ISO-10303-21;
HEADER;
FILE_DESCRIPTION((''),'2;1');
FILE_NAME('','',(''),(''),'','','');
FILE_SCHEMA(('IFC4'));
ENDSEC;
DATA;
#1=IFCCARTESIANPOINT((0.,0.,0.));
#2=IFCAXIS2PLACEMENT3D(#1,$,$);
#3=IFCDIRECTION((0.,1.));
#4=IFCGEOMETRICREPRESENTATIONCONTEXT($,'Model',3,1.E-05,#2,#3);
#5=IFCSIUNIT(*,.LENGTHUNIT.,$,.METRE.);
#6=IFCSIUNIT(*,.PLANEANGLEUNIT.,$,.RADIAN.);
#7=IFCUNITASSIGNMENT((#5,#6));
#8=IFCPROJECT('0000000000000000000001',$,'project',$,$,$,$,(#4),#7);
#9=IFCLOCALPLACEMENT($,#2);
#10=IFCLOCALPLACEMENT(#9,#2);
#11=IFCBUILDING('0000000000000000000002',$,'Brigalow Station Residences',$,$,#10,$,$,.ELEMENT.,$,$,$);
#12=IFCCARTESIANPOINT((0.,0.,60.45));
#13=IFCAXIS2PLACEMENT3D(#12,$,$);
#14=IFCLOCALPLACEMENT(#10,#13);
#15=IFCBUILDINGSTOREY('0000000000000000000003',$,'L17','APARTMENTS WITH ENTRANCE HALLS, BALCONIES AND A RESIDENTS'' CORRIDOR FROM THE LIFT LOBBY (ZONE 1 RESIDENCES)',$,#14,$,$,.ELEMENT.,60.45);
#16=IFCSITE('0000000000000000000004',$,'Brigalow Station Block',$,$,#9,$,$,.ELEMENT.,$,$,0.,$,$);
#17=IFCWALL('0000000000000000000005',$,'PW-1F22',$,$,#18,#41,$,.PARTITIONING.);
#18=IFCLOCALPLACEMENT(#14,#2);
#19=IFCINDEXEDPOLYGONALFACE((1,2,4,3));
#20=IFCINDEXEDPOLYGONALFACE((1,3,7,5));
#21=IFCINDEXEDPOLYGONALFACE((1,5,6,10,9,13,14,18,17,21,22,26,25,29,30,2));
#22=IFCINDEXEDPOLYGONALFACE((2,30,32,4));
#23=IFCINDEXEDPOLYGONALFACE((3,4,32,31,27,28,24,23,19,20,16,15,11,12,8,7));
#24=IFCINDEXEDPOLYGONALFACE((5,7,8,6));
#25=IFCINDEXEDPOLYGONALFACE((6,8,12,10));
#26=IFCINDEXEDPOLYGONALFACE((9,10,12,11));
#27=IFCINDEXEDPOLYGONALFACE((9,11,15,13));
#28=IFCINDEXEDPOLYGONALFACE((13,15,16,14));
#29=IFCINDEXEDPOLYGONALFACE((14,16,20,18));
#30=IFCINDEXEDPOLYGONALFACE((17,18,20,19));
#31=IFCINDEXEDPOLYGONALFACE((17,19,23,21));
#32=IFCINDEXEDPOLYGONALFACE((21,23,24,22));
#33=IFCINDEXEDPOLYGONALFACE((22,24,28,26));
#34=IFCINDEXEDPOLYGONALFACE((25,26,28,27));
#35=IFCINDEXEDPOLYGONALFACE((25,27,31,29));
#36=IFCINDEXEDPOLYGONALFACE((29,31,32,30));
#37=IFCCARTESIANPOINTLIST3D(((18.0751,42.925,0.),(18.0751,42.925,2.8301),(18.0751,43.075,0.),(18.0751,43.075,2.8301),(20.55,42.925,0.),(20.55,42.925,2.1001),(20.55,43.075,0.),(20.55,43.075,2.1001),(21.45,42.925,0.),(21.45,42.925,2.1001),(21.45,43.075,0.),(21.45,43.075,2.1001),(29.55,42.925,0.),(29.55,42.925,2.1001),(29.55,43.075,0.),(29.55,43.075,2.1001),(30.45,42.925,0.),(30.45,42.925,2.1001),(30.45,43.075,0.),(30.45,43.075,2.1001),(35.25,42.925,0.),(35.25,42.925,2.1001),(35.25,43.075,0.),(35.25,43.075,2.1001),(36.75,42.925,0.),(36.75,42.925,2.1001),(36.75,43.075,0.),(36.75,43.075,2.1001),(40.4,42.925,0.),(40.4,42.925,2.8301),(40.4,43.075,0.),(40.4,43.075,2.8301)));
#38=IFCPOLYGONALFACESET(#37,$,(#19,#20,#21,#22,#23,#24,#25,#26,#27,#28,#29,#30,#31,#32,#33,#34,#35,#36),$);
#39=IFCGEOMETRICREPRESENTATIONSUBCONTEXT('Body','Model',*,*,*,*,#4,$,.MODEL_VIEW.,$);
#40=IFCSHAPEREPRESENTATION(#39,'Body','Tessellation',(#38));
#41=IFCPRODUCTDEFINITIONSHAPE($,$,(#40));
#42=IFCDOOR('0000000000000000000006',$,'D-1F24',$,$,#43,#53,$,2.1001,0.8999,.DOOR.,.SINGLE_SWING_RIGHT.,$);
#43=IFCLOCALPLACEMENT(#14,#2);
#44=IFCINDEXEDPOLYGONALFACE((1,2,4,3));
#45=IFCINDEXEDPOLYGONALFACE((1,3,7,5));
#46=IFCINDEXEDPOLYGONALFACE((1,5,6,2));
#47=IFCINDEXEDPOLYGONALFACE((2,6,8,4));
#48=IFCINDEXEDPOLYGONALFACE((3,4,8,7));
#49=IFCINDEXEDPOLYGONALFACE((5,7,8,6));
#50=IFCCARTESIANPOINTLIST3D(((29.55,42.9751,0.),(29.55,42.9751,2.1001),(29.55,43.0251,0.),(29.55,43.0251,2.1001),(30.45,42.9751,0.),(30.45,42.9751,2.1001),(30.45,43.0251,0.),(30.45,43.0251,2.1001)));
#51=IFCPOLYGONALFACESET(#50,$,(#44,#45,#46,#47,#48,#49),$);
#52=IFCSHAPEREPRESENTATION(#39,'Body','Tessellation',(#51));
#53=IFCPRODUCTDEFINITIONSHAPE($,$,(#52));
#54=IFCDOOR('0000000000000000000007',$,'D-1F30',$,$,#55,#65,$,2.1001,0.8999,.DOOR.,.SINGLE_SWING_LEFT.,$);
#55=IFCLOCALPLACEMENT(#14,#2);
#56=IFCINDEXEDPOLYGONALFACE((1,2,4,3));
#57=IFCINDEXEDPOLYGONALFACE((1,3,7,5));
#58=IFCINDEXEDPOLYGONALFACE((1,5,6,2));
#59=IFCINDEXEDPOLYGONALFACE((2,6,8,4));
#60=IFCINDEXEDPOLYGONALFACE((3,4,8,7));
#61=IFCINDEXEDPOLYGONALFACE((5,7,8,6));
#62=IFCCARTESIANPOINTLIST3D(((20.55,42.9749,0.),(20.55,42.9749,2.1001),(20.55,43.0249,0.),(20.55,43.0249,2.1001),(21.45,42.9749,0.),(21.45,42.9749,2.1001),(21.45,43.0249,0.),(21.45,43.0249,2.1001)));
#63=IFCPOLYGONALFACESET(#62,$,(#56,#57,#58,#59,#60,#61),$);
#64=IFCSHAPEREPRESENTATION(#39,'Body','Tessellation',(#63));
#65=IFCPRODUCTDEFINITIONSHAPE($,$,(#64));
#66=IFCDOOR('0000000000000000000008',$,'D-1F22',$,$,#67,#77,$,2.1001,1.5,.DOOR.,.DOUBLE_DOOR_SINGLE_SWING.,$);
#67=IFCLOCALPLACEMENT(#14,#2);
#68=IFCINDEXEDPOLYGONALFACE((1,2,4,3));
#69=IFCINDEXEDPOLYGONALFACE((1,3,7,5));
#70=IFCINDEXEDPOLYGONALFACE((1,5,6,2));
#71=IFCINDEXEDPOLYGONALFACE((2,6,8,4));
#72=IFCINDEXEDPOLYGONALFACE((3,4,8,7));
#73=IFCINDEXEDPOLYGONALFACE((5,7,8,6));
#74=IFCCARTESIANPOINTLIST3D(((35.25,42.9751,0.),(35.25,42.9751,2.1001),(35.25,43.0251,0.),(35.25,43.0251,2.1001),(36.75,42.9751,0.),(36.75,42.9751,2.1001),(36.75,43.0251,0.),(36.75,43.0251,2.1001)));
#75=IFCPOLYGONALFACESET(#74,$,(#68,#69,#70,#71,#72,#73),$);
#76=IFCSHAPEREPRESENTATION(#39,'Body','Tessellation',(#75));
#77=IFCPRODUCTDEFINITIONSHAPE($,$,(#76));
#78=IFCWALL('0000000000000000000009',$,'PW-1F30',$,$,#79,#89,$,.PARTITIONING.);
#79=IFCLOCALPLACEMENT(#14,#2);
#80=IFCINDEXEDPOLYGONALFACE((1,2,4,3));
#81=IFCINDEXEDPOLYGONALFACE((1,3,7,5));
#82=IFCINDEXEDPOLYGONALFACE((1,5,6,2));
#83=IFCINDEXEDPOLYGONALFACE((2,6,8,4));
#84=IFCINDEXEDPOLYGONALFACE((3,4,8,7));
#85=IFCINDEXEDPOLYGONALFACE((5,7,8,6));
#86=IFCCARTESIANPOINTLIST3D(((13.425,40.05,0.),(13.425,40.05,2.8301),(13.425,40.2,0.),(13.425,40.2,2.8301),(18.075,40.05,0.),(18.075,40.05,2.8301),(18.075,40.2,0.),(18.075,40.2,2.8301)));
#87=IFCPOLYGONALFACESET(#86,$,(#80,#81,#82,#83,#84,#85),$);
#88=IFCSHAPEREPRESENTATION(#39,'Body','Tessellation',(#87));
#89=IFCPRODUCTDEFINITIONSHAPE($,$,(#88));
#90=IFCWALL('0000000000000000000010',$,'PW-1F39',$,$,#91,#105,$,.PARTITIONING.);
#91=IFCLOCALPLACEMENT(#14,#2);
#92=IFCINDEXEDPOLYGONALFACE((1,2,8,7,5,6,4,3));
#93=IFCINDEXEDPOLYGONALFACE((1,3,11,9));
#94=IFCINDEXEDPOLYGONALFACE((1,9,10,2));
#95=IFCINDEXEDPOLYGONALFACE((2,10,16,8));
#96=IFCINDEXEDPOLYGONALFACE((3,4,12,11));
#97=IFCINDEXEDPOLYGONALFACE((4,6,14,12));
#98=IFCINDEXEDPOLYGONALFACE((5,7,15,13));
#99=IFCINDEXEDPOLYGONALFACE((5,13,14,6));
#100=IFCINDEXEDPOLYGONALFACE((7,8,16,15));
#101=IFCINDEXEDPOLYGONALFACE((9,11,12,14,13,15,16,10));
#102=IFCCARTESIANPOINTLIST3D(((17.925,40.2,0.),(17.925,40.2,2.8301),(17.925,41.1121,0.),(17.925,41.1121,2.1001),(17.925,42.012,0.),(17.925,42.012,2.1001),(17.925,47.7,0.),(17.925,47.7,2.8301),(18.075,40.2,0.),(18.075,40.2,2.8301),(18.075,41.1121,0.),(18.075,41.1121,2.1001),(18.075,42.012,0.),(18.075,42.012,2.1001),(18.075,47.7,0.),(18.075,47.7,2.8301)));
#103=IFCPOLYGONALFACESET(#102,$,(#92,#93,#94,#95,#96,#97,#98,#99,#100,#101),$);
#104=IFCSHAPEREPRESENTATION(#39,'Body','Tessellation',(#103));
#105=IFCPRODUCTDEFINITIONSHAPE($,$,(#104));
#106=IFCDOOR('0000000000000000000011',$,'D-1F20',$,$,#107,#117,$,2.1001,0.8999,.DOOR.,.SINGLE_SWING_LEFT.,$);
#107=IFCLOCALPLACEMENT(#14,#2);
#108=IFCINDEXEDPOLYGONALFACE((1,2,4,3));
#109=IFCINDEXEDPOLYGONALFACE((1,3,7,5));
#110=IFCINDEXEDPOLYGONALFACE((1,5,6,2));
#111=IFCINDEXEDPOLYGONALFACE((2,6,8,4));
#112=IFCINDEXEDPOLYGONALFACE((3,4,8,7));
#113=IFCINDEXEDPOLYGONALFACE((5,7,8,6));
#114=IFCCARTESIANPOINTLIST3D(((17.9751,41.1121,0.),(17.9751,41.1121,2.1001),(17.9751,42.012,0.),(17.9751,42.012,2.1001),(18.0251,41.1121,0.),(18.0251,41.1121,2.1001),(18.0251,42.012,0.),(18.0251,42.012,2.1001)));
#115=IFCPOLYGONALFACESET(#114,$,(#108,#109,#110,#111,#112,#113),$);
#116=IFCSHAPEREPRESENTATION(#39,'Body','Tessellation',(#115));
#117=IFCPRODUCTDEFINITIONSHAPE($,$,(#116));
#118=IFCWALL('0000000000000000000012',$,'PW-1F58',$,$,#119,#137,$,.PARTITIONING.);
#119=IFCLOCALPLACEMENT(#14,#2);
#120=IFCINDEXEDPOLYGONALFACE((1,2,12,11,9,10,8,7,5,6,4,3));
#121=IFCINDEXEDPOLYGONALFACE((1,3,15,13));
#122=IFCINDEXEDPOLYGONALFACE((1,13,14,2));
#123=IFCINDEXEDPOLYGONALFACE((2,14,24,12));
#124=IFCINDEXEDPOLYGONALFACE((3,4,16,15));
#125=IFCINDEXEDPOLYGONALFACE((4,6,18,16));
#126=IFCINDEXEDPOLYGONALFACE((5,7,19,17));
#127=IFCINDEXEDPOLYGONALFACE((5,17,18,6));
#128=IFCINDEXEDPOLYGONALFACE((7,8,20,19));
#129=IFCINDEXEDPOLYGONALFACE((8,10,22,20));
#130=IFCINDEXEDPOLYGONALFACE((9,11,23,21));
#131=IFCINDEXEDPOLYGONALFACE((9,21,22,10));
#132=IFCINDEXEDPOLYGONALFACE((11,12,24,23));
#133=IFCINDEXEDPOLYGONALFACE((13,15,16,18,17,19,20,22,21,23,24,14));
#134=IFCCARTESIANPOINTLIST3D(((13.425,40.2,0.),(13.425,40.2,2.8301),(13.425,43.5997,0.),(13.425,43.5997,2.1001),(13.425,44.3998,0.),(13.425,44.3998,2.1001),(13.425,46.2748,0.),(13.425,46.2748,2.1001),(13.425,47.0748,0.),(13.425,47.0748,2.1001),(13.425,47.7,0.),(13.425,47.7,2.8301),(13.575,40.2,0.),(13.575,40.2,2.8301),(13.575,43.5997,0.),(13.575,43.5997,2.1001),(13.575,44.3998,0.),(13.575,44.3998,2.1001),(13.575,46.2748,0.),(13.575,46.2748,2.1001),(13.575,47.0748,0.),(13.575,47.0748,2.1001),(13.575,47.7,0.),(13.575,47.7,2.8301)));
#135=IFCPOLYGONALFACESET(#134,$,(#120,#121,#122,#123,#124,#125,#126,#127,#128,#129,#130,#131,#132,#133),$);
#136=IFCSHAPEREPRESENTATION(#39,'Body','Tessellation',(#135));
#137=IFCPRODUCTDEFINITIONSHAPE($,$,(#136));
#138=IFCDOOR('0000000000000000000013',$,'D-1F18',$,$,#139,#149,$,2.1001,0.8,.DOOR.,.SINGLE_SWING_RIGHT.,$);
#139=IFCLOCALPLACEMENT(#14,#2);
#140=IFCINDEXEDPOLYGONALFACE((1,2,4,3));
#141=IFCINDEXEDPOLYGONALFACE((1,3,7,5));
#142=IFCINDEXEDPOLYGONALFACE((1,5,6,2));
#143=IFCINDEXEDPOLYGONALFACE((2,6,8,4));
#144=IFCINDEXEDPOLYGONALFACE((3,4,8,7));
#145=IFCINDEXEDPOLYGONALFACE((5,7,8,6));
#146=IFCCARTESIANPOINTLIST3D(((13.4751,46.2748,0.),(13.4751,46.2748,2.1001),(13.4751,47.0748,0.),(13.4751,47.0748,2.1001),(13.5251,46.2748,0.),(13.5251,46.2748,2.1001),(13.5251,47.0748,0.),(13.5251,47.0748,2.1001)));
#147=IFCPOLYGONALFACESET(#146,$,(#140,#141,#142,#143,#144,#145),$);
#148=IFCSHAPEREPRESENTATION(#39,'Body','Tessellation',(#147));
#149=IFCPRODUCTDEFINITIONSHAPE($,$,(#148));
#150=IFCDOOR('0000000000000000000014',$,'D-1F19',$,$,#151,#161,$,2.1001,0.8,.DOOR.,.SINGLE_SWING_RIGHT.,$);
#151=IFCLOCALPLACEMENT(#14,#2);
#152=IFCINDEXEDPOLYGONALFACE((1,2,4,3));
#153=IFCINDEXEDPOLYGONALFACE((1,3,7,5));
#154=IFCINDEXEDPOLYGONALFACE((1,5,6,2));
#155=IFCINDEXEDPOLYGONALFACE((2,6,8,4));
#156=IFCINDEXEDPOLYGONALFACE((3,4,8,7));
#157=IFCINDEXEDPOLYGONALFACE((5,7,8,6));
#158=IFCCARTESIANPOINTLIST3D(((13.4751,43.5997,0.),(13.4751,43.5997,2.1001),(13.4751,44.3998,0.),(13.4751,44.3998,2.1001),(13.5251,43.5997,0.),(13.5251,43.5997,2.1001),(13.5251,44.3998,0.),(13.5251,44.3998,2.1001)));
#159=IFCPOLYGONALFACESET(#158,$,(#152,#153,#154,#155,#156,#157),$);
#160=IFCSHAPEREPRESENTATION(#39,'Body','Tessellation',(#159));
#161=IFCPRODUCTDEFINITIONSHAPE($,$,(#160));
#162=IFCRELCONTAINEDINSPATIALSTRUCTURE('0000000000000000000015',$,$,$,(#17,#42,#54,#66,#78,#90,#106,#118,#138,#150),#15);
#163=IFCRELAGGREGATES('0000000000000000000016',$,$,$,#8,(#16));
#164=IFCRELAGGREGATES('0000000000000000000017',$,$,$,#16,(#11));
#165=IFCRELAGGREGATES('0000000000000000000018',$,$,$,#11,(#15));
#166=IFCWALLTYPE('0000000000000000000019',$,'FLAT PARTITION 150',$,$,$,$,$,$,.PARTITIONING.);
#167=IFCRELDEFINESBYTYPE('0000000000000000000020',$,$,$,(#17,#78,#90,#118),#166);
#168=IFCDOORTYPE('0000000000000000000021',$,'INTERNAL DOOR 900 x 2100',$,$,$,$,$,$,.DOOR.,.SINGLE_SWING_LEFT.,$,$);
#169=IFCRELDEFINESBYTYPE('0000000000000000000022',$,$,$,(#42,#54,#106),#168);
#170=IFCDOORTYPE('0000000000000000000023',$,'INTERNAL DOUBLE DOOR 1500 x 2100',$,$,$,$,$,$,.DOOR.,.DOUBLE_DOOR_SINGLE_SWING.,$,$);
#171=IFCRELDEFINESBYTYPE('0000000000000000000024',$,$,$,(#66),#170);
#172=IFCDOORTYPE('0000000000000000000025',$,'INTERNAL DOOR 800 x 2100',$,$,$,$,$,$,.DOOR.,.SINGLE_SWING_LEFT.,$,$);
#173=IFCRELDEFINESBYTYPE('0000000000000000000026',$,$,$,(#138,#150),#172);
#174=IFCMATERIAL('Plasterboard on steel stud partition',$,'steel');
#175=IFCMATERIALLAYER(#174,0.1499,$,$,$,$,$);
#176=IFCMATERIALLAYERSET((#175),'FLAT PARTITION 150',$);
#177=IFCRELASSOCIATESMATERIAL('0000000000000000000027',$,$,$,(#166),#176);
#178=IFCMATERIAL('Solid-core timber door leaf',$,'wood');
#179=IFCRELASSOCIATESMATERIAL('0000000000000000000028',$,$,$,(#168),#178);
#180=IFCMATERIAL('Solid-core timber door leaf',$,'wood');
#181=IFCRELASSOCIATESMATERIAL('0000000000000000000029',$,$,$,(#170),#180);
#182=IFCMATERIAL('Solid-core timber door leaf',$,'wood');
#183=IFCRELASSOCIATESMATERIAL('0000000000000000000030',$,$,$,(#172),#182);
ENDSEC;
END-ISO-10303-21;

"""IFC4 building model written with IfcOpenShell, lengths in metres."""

from ifc_helpers import new_model, si_unit, direction, frame, frame_2d, origin, place, context, subcontext, project, spatial, rectangle, extrude, material, layer, layer_set, type_object, element, fill, save


model = new_model("IFC4")

# Units and contexts
model_context = context("Model", 3, precision=1e-05, world=origin(), true_north=direction((0.0, 1.0)))
body_context = subcontext(model_context, "Body", "Model", "MODEL_VIEW")
ifc_project = project(units=[si_unit("LENGTHUNIT", "METRE"), si_unit("PLANEANGLEUNIT", "RADIAN")], contexts=[model_context])

# Site, building, storey
site_placement = place(None, origin())
site = spatial("IfcSite", under=ifc_project, at=site_placement, Name="Brigalow Station Block", CompositionType="ELEMENT", RefElevation=0.0)
building_placement = place(site_placement, origin())
building = spatial("IfcBuilding", under=site, at=building_placement, Name="Brigalow Station Residences", CompositionType="ELEMENT")
storey_placement = place(building_placement, frame((0.0, 0.0, 60.45)))
storey = spatial("IfcBuildingStorey", under=building, at=storey_placement, Name="L17", Description="APARTMENTS WITH ENTRANCE HALLS, BALCONIES AND A RESIDENTS' CORRIDOR FROM THE LIFT LOBBY (ZONE 1 RESIDENCES)", CompositionType="ELEMENT", Elevation=60.45)

# Wall, openings, doors
ifc_material_1 = material(Name="Plasterboard on steel stud partition", Category="steel")
ifc_layer_1 = layer(ifc_material_1, 0.1499)
ifc_layer_set_1 = layer_set([ifc_layer_1], Name="FLAT PARTITION 150")
wall_type_1 = type_object("IfcWallType", Name="FLAT PARTITION 150", PredefinedType="PARTITIONING", material=ifc_layer_set_1)
wall_1_placement = place(storey_placement, frame((18.075, 43.0, 0.0), z_axis=(0.0, 0.0, 1.0), x_axis=(1.0, 0.0, 0.0)))
wall_1 = element("IfcWall", 1, at=wall_1_placement, inside=storey, type_object=wall_type_1, Name="PW-1F22", PredefinedType="PARTITIONING", context=body_context, shape_type="SweptSolid", body=[
    extrude(rectangle(XDim=22.325, YDim=0.1499, at=frame_2d((11.1626, 0.0))), origin(), (0.0, 0.0, 1.0), 2.8301),
])
opening_1_placement = place(wall_1_placement, frame((17.175, 0.0, 0.0)))
opening_1 = element("IfcOpeningElement", 2, at=opening_1_placement, cuts=wall_1, PredefinedType="OPENING", context=body_context, shape_type="SweptSolid", body=[
    extrude(rectangle(XDim=1.5, YDim=2.1001, at=frame_2d((0.75, 1.05))), frame((0.0, 0.085, 0.0), z_axis=(0.0, -1.0, 0.0), x_axis=(1.0, 0.0, 0.0)), (0.0, 0.0, 1.0), 0.1699),
])
opening_2_placement = place(wall_1_placement, frame((11.4751, 0.0, 0.0)))
opening_2 = element("IfcOpeningElement", 3, at=opening_2_placement, cuts=wall_1, PredefinedType="OPENING", context=body_context, shape_type="SweptSolid", body=[
    extrude(rectangle(XDim=0.8999, YDim=2.1001, at=frame_2d((0.45, 1.05))), frame((0.0, 0.085, 0.0), z_axis=(0.0, -1.0, 0.0), x_axis=(1.0, 0.0, 0.0)), (0.0, 0.0, 1.0), 0.1699),
])
opening_3_placement = place(wall_1_placement, frame((2.4751, 0.0, 0.0)))
opening_3 = element("IfcOpeningElement", 4, at=opening_3_placement, cuts=wall_1, PredefinedType="OPENING", context=body_context, shape_type="SweptSolid", body=[
    extrude(rectangle(XDim=0.8999, YDim=2.1001, at=frame_2d((0.45, 1.05))), frame((0.0, 0.085, 0.0), z_axis=(0.0, -1.0, 0.0), x_axis=(1.0, 0.0, 0.0)), (0.0, 0.0, 1.0), 0.1699),
])
ifc_material_2 = material(Name="Solid-core timber door leaf", Category="wood")
door_type_1 = type_object("IfcDoorType", Name="INTERNAL DOOR 900 x 2100", OperationType="SINGLE_SWING_LEFT", PredefinedType="DOOR", material=ifc_material_2)
door_1_placement = place(opening_2_placement, frame((0.8999, 0.0, 0.0), z_axis=(0.0, 0.0, 1.0), x_axis=(-1.0, 0.0, 0.0)))
door_1 = element("IfcDoor", 5, at=door_1_placement, inside=storey, type_object=door_type_1, Name="D-1F24", OperationType="SINGLE_SWING_RIGHT", OverallHeight=2.1001, OverallWidth=0.8999, PredefinedType="DOOR", context=body_context, shape_type="SweptSolid", body=[
    extrude(rectangle(XDim=0.8999, YDim=2.1001, at=frame_2d((0.45, 1.05))), frame((0.0, 0.0249, 0.0), z_axis=(0.0, -1.0, 0.0), x_axis=(1.0, 0.0, 0.0)), (0.0, 0.0, 1.0), 0.05),
])
fill(opening_2, door_1)
door_2_placement = place(opening_3_placement, origin())
door_2 = element("IfcDoor", 6, at=door_2_placement, inside=storey, type_object=door_type_1, Name="D-1F30", OperationType="SINGLE_SWING_LEFT", OverallHeight=2.1001, OverallWidth=0.8999, PredefinedType="DOOR", context=body_context, shape_type="SweptSolid", body=[
    extrude(rectangle(XDim=0.8999, YDim=2.1001, at=frame_2d((0.45, 1.05))), frame((0.0, 0.0249, 0.0), z_axis=(0.0, -1.0, 0.0), x_axis=(1.0, 0.0, 0.0)), (0.0, 0.0, 1.0), 0.05),
])
fill(opening_3, door_2)
ifc_material_3 = material(Name="Solid-core timber door leaf", Category="wood")
door_type_2 = type_object("IfcDoorType", Name="INTERNAL DOUBLE DOOR 1500 x 2100", OperationType="DOUBLE_DOOR_SINGLE_SWING", PredefinedType="DOOR", material=ifc_material_3)
door_3_placement = place(opening_1_placement, frame((1.5, 0.0, 0.0), z_axis=(0.0, 0.0, 1.0), x_axis=(-1.0, 0.0, 0.0)))
door_3 = element("IfcDoor", 7, at=door_3_placement, inside=storey, type_object=door_type_2, Name="D-1F22", OperationType="DOUBLE_DOOR_SINGLE_SWING", OverallHeight=2.1001, OverallWidth=1.5, PredefinedType="DOOR", context=body_context, shape_type="SweptSolid", body=[
    extrude(rectangle(XDim=1.5, YDim=2.1001, at=frame_2d((0.75, 1.05))), frame((0.0, 0.0249, 0.0), z_axis=(0.0, -1.0, 0.0), x_axis=(1.0, 0.0, 0.0)), (0.0, 0.0, 1.0), 0.05),
])
fill(opening_1, door_3)

# Wall
wall_2_placement = place(storey_placement, frame((13.425, 40.125, 0.0), z_axis=(0.0, 0.0, 1.0), x_axis=(1.0, 0.0, 0.0)))
element("IfcWall", 8, at=wall_2_placement, inside=storey, type_object=wall_type_1, Name="PW-1F30", PredefinedType="PARTITIONING", context=body_context, shape_type="SweptSolid", body=[
    extrude(rectangle(XDim=4.6499, YDim=0.1499, at=frame_2d((2.325, 0.0))), origin(), (0.0, 0.0, 1.0), 2.8301),
])

# Wall, opening, door
wall_3_placement = place(storey_placement, frame((18.0, 40.2, 0.0), z_axis=(0.0, 0.0, 1.0), x_axis=(0.0, 1.0, 0.0)))
wall_3 = element("IfcWall", 9, at=wall_3_placement, inside=storey, type_object=wall_type_1, Name="PW-1F39", PredefinedType="PARTITIONING", context=body_context, shape_type="SweptSolid", body=[
    extrude(rectangle(XDim=7.5, YDim=0.1499, at=frame_2d((3.75, 0.0))), origin(), (0.0, 0.0, 1.0), 2.8301),
])
opening_4_placement = place(wall_3_placement, frame((0.9121, 0.0, 0.0)))
opening_4 = element("IfcOpeningElement", 10, at=opening_4_placement, cuts=wall_3, PredefinedType="OPENING", context=body_context, shape_type="SweptSolid", body=[
    extrude(rectangle(XDim=0.8999, YDim=2.1001, at=frame_2d((0.45, 1.05))), frame((0.0, 0.085, 0.0), z_axis=(0.0, -1.0, 0.0), x_axis=(1.0, 0.0, 0.0)), (0.0, 0.0, 1.0), 0.1699),
])
door_4_placement = place(opening_4_placement, origin())
door_4 = element("IfcDoor", 11, at=door_4_placement, inside=storey, type_object=door_type_1, Name="D-1F20", OperationType="SINGLE_SWING_LEFT", OverallHeight=2.1001, OverallWidth=0.8999, PredefinedType="DOOR", context=body_context, shape_type="SweptSolid", body=[
    extrude(rectangle(XDim=0.8999, YDim=2.1001, at=frame_2d((0.45, 1.05))), frame((0.0, 0.0249, 0.0), z_axis=(0.0, -1.0, 0.0), x_axis=(1.0, 0.0, 0.0)), (0.0, 0.0, 1.0), 0.05),
])
fill(opening_4, door_4)

# Wall, openings, doors
wall_4_placement = place(storey_placement, frame((13.5, 40.2, 0.0), z_axis=(0.0, 0.0, 1.0), x_axis=(0.0, 1.0, 0.0)))
wall_4 = element("IfcWall", 12, at=wall_4_placement, inside=storey, type_object=wall_type_1, Name="PW-1F58", PredefinedType="PARTITIONING", context=body_context, shape_type="SweptSolid", body=[
    extrude(rectangle(XDim=7.5, YDim=0.1499, at=frame_2d((3.75, 0.0))), origin(), (0.0, 0.0, 1.0), 2.8301),
])
opening_5_placement = place(wall_4_placement, frame((6.075, 0.0, 0.0)))
opening_5 = element("IfcOpeningElement", 13, at=opening_5_placement, cuts=wall_4, PredefinedType="OPENING", context=body_context, shape_type="SweptSolid", body=[
    extrude(rectangle(XDim=0.8, YDim=2.1001, at=frame_2d((0.3999, 1.05))), frame((0.0, 0.085, 0.0), z_axis=(0.0, -1.0, 0.0), x_axis=(1.0, 0.0, 0.0)), (0.0, 0.0, 1.0), 0.1699),
])
opening_6_placement = place(wall_4_placement, frame((3.3999, 0.0, 0.0)))
opening_6 = element("IfcOpeningElement", 14, at=opening_6_placement, cuts=wall_4, PredefinedType="OPENING", context=body_context, shape_type="SweptSolid", body=[
    extrude(rectangle(XDim=0.8, YDim=2.1001, at=frame_2d((0.3999, 1.05))), frame((0.0, 0.085, 0.0), z_axis=(0.0, -1.0, 0.0), x_axis=(1.0, 0.0, 0.0)), (0.0, 0.0, 1.0), 0.1699),
])
ifc_material_4 = material(Name="Solid-core timber door leaf", Category="wood")
door_type_3 = type_object("IfcDoorType", Name="INTERNAL DOOR 800 x 2100", OperationType="SINGLE_SWING_LEFT", PredefinedType="DOOR", material=ifc_material_4)
door_5_placement = place(opening_5_placement, origin())
door_5 = element("IfcDoor", 15, at=door_5_placement, inside=storey, type_object=door_type_3, Name="D-1F18", OperationType="SINGLE_SWING_RIGHT", OverallHeight=2.1001, OverallWidth=0.8, PredefinedType="DOOR", context=body_context, shape_type="SweptSolid", body=[
    extrude(rectangle(XDim=0.8, YDim=2.1001, at=frame_2d((0.3999, 1.05))), frame((0.0, 0.0249, 0.0), z_axis=(0.0, -1.0, 0.0), x_axis=(1.0, 0.0, 0.0)), (0.0, 0.0, 1.0), 0.05),
])
fill(opening_5, door_5)
door_6_placement = place(opening_6_placement, origin())
door_6 = element("IfcDoor", 16, at=door_6_placement, inside=storey, type_object=door_type_3, Name="D-1F19", OperationType="SINGLE_SWING_RIGHT", OverallHeight=2.1001, OverallWidth=0.8, PredefinedType="DOOR", context=body_context, shape_type="SweptSolid", body=[
    extrude(rectangle(XDim=0.8, YDim=2.1001, at=frame_2d((0.3999, 1.05))), frame((0.0, 0.0249, 0.0), z_axis=(0.0, -1.0, 0.0), x_axis=(1.0, 0.0, 0.0)), (0.0, 0.0, 1.0), 0.05),
])
fill(opening_6, door_6)

save(model, "model.ifc")
